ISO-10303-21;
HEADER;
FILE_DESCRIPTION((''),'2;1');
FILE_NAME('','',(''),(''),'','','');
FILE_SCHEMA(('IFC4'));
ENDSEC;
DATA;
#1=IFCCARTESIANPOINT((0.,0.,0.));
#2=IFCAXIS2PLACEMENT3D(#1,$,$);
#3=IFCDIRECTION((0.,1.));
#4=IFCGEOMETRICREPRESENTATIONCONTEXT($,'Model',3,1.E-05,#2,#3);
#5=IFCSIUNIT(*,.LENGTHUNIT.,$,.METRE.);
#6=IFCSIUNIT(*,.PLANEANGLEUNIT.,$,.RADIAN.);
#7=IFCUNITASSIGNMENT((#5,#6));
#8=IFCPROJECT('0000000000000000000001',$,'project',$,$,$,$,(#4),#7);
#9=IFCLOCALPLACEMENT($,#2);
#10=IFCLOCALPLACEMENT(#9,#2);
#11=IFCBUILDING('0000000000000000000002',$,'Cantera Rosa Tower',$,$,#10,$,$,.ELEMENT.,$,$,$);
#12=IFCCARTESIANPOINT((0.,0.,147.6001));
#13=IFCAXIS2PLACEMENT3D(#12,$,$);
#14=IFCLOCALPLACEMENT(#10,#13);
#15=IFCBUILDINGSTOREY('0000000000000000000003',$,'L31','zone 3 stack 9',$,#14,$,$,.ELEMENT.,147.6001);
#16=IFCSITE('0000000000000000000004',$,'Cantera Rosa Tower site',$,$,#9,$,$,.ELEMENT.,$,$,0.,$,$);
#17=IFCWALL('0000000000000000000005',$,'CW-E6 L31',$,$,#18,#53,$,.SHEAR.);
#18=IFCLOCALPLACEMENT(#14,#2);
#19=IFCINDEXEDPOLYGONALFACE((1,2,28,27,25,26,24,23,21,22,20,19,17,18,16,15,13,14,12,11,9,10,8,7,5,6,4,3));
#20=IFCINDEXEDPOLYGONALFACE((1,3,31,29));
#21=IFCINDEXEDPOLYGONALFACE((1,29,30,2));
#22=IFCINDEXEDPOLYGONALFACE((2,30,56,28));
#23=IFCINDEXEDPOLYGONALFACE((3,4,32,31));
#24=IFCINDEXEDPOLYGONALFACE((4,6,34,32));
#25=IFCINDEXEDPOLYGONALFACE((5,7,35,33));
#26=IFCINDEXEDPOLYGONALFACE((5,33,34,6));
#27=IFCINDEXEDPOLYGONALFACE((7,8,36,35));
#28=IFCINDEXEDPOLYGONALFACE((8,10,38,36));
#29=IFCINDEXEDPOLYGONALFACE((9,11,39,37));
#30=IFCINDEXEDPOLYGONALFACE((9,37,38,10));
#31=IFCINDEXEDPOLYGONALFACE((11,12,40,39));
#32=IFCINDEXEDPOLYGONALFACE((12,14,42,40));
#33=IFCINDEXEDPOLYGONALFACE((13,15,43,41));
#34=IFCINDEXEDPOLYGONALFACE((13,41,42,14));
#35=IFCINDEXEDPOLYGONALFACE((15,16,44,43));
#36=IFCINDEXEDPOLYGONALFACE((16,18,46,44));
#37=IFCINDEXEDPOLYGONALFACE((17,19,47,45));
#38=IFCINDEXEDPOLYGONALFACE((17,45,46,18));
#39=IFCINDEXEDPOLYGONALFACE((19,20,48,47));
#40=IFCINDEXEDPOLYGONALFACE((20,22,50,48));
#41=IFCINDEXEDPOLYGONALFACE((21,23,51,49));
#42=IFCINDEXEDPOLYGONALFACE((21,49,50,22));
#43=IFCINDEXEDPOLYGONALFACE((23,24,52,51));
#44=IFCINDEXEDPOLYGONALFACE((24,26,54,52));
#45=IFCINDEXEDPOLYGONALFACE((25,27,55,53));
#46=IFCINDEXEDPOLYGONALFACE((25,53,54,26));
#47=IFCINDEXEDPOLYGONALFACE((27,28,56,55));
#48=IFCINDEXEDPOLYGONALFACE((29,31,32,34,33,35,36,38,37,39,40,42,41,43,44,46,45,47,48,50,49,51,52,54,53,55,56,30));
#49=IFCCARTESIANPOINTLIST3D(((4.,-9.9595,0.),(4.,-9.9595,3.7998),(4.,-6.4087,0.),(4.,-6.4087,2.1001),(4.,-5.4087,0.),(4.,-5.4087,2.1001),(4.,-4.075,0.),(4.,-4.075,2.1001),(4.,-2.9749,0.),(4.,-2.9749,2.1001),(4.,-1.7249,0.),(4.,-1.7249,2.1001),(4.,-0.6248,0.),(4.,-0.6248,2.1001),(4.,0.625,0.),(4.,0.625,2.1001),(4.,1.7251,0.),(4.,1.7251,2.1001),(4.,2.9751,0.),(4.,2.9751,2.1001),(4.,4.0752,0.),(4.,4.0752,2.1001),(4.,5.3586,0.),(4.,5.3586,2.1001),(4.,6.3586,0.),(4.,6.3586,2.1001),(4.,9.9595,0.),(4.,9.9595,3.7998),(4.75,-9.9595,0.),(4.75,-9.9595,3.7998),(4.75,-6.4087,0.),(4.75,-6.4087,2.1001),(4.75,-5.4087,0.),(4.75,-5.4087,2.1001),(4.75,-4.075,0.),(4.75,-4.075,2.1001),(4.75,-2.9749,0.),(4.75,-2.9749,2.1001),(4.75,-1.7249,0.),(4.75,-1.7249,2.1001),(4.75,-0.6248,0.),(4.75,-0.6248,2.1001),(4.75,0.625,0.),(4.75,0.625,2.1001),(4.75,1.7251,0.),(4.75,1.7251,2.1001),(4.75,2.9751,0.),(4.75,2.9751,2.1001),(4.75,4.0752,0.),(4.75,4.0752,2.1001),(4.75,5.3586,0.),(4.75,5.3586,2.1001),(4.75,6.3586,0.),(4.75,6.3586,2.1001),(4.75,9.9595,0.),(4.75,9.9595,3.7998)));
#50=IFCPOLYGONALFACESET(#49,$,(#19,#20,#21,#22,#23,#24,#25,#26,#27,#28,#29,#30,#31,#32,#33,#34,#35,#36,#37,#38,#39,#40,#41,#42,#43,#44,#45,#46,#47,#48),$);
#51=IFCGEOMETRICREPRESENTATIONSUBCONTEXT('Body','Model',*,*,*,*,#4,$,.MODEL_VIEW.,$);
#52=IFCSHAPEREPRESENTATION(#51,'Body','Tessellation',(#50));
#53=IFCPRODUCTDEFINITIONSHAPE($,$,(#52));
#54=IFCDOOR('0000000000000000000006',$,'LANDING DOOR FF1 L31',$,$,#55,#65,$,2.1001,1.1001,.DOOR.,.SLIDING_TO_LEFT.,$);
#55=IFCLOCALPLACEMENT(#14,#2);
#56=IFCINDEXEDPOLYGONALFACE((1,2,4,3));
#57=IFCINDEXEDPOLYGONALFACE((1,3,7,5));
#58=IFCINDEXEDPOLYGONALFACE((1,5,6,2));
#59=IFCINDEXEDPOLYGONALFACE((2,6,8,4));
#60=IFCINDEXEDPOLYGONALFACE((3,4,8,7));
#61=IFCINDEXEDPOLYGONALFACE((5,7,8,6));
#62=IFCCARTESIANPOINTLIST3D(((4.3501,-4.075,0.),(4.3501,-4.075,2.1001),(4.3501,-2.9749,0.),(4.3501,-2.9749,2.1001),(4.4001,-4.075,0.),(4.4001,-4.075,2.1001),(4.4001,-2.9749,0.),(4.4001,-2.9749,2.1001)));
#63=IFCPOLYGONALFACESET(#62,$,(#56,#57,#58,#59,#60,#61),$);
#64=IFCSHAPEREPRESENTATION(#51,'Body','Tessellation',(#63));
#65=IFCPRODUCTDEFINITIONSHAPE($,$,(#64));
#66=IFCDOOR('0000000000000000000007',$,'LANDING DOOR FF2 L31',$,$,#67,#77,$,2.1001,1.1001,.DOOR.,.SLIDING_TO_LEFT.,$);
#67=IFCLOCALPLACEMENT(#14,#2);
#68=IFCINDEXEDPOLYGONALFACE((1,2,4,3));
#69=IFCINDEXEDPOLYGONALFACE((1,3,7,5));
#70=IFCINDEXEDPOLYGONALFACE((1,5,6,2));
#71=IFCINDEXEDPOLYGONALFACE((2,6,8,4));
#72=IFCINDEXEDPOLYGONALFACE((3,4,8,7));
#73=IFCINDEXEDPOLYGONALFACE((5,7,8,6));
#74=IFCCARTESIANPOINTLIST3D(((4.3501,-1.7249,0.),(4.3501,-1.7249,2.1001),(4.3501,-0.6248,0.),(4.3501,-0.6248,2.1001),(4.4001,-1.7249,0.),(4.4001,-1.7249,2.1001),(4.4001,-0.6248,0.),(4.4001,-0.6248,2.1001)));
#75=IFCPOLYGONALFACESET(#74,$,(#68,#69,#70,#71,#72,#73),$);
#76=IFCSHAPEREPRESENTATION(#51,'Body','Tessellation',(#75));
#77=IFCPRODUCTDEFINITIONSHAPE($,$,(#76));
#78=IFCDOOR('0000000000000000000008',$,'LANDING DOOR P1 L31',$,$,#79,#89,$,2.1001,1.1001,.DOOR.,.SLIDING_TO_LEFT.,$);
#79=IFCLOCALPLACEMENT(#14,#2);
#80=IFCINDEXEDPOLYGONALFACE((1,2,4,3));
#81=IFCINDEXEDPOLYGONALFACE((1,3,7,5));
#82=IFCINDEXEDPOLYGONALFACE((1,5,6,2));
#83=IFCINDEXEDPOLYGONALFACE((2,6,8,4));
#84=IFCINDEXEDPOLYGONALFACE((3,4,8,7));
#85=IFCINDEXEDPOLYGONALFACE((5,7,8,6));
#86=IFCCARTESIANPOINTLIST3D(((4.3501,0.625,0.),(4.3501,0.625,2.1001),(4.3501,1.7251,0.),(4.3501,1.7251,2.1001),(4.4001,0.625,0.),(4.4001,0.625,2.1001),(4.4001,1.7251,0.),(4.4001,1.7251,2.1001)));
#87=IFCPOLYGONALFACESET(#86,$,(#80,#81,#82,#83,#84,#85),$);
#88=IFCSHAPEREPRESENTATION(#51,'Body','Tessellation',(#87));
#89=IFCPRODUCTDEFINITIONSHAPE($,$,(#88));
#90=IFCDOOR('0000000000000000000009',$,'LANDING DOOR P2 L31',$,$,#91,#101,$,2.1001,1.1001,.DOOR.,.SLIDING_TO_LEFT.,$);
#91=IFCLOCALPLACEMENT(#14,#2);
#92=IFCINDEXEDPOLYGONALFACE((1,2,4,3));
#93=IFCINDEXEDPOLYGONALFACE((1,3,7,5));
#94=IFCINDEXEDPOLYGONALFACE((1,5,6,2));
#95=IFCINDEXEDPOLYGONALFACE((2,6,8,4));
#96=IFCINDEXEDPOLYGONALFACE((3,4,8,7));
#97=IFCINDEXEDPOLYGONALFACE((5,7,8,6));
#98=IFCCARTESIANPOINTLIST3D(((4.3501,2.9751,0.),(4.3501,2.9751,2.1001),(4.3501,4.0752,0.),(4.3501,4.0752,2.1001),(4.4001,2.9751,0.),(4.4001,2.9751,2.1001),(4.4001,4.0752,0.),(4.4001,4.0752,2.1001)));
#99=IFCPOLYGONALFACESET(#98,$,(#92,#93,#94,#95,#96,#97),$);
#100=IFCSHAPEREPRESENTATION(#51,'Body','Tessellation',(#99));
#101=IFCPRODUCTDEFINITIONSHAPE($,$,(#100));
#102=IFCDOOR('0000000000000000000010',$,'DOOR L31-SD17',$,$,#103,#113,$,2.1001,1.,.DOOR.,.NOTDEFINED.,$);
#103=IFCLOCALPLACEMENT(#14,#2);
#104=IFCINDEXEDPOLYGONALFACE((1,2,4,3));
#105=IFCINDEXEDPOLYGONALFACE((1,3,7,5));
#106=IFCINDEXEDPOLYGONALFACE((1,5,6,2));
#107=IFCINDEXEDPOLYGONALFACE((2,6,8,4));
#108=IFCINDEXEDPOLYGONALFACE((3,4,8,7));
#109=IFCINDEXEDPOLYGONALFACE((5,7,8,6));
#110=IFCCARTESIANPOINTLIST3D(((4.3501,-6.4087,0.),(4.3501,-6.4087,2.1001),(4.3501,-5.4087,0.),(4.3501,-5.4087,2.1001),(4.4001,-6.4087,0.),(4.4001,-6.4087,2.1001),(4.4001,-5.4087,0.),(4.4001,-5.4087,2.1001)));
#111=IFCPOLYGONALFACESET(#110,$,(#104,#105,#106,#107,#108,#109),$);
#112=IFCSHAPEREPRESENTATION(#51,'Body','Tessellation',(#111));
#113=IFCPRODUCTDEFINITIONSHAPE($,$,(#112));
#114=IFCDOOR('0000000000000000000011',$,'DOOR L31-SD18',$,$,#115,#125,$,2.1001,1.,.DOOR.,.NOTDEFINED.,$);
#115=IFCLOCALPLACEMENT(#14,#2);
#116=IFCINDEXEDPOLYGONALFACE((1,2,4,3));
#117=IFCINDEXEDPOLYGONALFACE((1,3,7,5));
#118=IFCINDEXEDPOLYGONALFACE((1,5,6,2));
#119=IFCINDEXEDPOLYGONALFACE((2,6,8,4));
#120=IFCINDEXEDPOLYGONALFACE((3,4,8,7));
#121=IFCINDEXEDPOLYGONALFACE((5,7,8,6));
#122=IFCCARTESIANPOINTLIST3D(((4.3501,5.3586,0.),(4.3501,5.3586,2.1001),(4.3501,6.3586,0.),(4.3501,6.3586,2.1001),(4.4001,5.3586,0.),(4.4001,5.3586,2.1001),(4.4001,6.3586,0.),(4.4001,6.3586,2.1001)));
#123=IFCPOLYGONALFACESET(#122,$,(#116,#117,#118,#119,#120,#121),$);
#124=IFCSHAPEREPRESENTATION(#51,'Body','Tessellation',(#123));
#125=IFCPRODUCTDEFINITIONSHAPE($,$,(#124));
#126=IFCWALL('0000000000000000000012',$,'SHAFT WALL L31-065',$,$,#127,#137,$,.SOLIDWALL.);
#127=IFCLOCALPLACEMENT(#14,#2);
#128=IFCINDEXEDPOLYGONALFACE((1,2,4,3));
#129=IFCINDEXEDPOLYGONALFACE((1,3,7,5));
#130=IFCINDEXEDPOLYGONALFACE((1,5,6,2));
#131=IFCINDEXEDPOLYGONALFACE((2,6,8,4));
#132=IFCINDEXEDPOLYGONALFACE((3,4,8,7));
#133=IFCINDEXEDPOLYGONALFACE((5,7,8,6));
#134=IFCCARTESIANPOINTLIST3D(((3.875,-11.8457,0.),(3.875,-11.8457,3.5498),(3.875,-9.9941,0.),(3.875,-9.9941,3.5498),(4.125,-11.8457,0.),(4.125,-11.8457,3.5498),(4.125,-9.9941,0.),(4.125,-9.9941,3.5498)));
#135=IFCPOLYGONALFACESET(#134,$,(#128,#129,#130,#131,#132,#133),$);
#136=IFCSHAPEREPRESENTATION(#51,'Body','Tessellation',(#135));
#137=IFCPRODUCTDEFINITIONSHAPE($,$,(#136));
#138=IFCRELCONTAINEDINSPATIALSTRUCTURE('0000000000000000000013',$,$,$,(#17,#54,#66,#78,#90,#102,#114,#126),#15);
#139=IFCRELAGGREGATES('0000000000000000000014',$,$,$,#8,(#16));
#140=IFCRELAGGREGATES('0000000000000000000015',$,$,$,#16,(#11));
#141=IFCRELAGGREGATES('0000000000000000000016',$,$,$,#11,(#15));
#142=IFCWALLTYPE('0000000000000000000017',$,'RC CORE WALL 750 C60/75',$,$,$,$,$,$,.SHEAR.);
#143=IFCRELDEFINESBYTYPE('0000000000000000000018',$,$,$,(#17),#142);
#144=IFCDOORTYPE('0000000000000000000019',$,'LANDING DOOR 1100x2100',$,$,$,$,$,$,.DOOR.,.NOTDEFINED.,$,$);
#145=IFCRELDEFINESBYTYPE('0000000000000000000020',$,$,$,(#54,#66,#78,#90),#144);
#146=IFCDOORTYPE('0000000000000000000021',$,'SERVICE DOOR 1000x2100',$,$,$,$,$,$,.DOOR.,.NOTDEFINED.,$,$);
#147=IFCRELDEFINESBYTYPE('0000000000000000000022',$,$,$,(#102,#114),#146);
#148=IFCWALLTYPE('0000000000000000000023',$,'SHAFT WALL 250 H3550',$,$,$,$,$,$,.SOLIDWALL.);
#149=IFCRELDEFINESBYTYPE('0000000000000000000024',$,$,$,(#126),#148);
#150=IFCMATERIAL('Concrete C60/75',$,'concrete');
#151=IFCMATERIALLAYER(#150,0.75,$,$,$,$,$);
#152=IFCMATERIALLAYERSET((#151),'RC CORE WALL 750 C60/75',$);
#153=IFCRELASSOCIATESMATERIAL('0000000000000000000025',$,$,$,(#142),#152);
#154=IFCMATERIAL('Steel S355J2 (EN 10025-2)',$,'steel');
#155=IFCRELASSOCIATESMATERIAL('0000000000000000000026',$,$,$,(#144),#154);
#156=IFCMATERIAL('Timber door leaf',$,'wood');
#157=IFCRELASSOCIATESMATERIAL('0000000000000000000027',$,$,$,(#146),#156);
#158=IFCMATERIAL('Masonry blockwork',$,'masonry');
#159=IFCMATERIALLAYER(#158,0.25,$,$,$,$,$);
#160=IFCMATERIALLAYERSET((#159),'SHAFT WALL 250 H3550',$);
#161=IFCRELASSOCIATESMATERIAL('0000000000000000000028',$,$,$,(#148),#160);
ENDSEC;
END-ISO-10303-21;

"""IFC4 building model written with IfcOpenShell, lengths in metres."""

from ifc_helpers import new_model, si_unit, direction, frame, frame_2d, origin, place, context, subcontext, project, spatial, rectangle, extrude, material, layer, layer_set, type_object, element, fill, save


model = new_model("IFC4")

# Units and contexts
model_context = context("Model", 3, precision=1e-05, world=origin(), true_north=direction((0.0, 1.0)))
body_context = subcontext(model_context, "Body", "Model", "MODEL_VIEW")
ifc_project = project(units=[si_unit("LENGTHUNIT", "METRE"), si_unit("PLANEANGLEUNIT", "RADIAN")], contexts=[model_context])

# Site, building, storey
site_placement = place(None, origin())
site = spatial("IfcSite", under=ifc_project, at=site_placement, Name="Cantera Rosa Tower site", CompositionType="ELEMENT", RefElevation=0.0)
building_placement = place(site_placement, origin())
building = spatial("IfcBuilding", under=site, at=building_placement, Name="Cantera Rosa Tower", CompositionType="ELEMENT")
storey_placement = place(building_placement, frame((0.0, 0.0, 147.6001)))
storey = spatial("IfcBuildingStorey", under=building, at=storey_placement, Name="L31", Description="zone 3 stack 9", CompositionType="ELEMENT", Elevation=147.6001)

# Shared definitions
ifc_material_1 = material(Name="Concrete C60/75", Category="concrete")
ifc_layer_1 = layer(ifc_material_1, 0.75)
ifc_layer_set_1 = layer_set([ifc_layer_1], Name="RC CORE WALL 750 C60/75")
wall_type_1 = type_object("IfcWallType", Name="RC CORE WALL 750 C60/75", PredefinedType="SHEAR", material=ifc_layer_set_1)

# Wall, openings, doors
wall_1_placement = place(storey_placement, frame((4.375, -9.9595, 0.0), z_axis=(0.0, 0.0, 1.0), x_axis=(0.0, 1.0, 0.0)))
wall_1 = element("IfcWall", 1, at=wall_1_placement, inside=storey, type_object=wall_type_1, Name="CW-E6 L31", PredefinedType="SHEAR", context=body_context, shape_type="SweptSolid", body=[
    extrude(rectangle(XDim=19.9189, YDim=0.75, at=frame_2d((9.9595, 0.0))), origin(), (0.0, 0.0, 1.0), 3.7998),
])
opening_1_placement = place(wall_1_placement, frame((5.8845, 0.0, 0.0)))
opening_1 = element("IfcOpeningElement", 2, at=opening_1_placement, cuts=wall_1, PredefinedType="OPENING", context=body_context, shape_type="SweptSolid", body=[
    extrude(rectangle(XDim=1.1001, YDim=2.1001, at=frame_2d((0.55, 1.05))), frame((0.0, 0.385, 0.0), z_axis=(0.0, -1.0, 0.0), x_axis=(1.0, 0.0, 0.0)), (0.0, 0.0, 1.0), 0.77),
])
opening_2_placement = place(wall_1_placement, frame((8.2346, 0.0, 0.0)))
opening_2 = element("IfcOpeningElement", 3, at=opening_2_placement, cuts=wall_1, PredefinedType="OPENING", context=body_context, shape_type="SweptSolid", body=[
    extrude(rectangle(XDim=1.1001, YDim=2.1001, at=frame_2d((0.55, 1.05))), frame((0.0, 0.385, 0.0), z_axis=(0.0, -1.0, 0.0), x_axis=(1.0, 0.0, 0.0)), (0.0, 0.0, 1.0), 0.77),
])
opening_3_placement = place(wall_1_placement, frame((10.5845, 0.0, 0.0)))
opening_3 = element("IfcOpeningElement", 4, at=opening_3_placement, cuts=wall_1, PredefinedType="OPENING", context=body_context, shape_type="SweptSolid", body=[
    extrude(rectangle(XDim=1.1001, YDim=2.1001, at=frame_2d((0.55, 1.05))), frame((0.0, 0.385, 0.0), z_axis=(0.0, -1.0, 0.0), x_axis=(1.0, 0.0, 0.0)), (0.0, 0.0, 1.0), 0.77),
])
opening_4_placement = place(wall_1_placement, frame((12.9346, 0.0, 0.0)))
opening_4 = element("IfcOpeningElement", 5, at=opening_4_placement, cuts=wall_1, PredefinedType="OPENING", context=body_context, shape_type="SweptSolid", body=[
    extrude(rectangle(XDim=1.1001, YDim=2.1001, at=frame_2d((0.55, 1.05))), frame((0.0, 0.385, 0.0), z_axis=(0.0, -1.0, 0.0), x_axis=(1.0, 0.0, 0.0)), (0.0, 0.0, 1.0), 0.77),
])
opening_5_placement = place(wall_1_placement, frame((3.5508, 0.0, 0.0)))
opening_5 = element("IfcOpeningElement", 6, at=opening_5_placement, cuts=wall_1, PredefinedType="OPENING", context=body_context, shape_type="SweptSolid", body=[
    extrude(rectangle(XDim=1.0, YDim=2.1001, at=frame_2d((0.5, 1.05))), frame((0.0, 0.385, 0.0), z_axis=(0.0, -1.0, 0.0), x_axis=(1.0, 0.0, 0.0)), (0.0, 0.0, 1.0), 0.77),
])
opening_6_placement = place(wall_1_placement, frame((15.3181, 0.0, 0.0)))
opening_6 = element("IfcOpeningElement", 7, at=opening_6_placement, cuts=wall_1, PredefinedType="OPENING", context=body_context, shape_type="SweptSolid", body=[
    extrude(rectangle(XDim=1.0, YDim=2.1001, at=frame_2d((0.5, 1.05))), frame((0.0, 0.385, 0.0), z_axis=(0.0, -1.0, 0.0), x_axis=(1.0, 0.0, 0.0)), (0.0, 0.0, 1.0), 0.77),
])
ifc_material_2 = material(Name="Steel S355J2 (EN 10025-2)", Category="steel")
door_type_1 = type_object("IfcDoorType", Name="LANDING DOOR 1100x2100", OperationType="NOTDEFINED", PredefinedType="DOOR", material=ifc_material_2)
door_1_placement = place(opening_1_placement, origin())
door_1 = element("IfcDoor", 8, at=door_1_placement, inside=storey, type_object=door_type_1, Name="LANDING DOOR FF1 L31", OperationType="SLIDING_TO_LEFT", OverallHeight=2.1001, OverallWidth=1.1001, PredefinedType="DOOR", context=body_context, shape_type="SweptSolid", body=[
    extrude(rectangle(XDim=1.1001, YDim=2.1001, at=frame_2d((0.55, 1.05))), frame((0.0, 0.0249, 0.0), z_axis=(0.0, -1.0, 0.0), x_axis=(1.0, 0.0, 0.0)), (0.0, 0.0, 1.0), 0.05),
])
fill(opening_1, door_1)
door_2_placement = place(opening_2_placement, origin())
door_2 = element("IfcDoor", 9, at=door_2_placement, inside=storey, type_object=door_type_1, Name="LANDING DOOR FF2 L31", OperationType="SLIDING_TO_LEFT", OverallHeight=2.1001, OverallWidth=1.1001, PredefinedType="DOOR", context=body_context, shape_type="SweptSolid", body=[
    extrude(rectangle(XDim=1.1001, YDim=2.1001, at=frame_2d((0.55, 1.05))), frame((0.0, 0.0249, 0.0), z_axis=(0.0, -1.0, 0.0), x_axis=(1.0, 0.0, 0.0)), (0.0, 0.0, 1.0), 0.05),
])
fill(opening_2, door_2)
door_3_placement = place(opening_3_placement, origin())
door_3 = element("IfcDoor", 10, at=door_3_placement, inside=storey, type_object=door_type_1, Name="LANDING DOOR P1 L31", OperationType="SLIDING_TO_LEFT", OverallHeight=2.1001, OverallWidth=1.1001, PredefinedType="DOOR", context=body_context, shape_type="SweptSolid", body=[
    extrude(rectangle(XDim=1.1001, YDim=2.1001, at=frame_2d((0.55, 1.05))), frame((0.0, 0.0249, 0.0), z_axis=(0.0, -1.0, 0.0), x_axis=(1.0, 0.0, 0.0)), (0.0, 0.0, 1.0), 0.05),
])
fill(opening_3, door_3)
door_4_placement = place(opening_4_placement, origin())
door_4 = element("IfcDoor", 11, at=door_4_placement, inside=storey, type_object=door_type_1, Name="LANDING DOOR P2 L31", OperationType="SLIDING_TO_LEFT", OverallHeight=2.1001, OverallWidth=1.1001, PredefinedType="DOOR", context=body_context, shape_type="SweptSolid", body=[
    extrude(rectangle(XDim=1.1001, YDim=2.1001, at=frame_2d((0.55, 1.05))), frame((0.0, 0.0249, 0.0), z_axis=(0.0, -1.0, 0.0), x_axis=(1.0, 0.0, 0.0)), (0.0, 0.0, 1.0), 0.05),
])
fill(opening_4, door_4)
ifc_material_3 = material(Name="Timber door leaf", Category="wood")
door_type_2 = type_object("IfcDoorType", Name="SERVICE DOOR 1000x2100", OperationType="NOTDEFINED", PredefinedType="DOOR", material=ifc_material_3)
door_5_placement = place(opening_5_placement, origin())
door_5 = element("IfcDoor", 12, at=door_5_placement, inside=storey, type_object=door_type_2, Name="DOOR L31-SD17", OperationType="NOTDEFINED", OverallHeight=2.1001, OverallWidth=1.0, PredefinedType="DOOR", context=body_context, shape_type="SweptSolid", body=[
    extrude(rectangle(XDim=1.0, YDim=2.1001, at=frame_2d((0.5, 1.05))), frame((0.0, 0.0249, 0.0), z_axis=(0.0, -1.0, 0.0), x_axis=(1.0, 0.0, 0.0)), (0.0, 0.0, 1.0), 0.05),
])
fill(opening_5, door_5)
door_6_placement = place(opening_6_placement, origin())
door_6 = element("IfcDoor", 13, at=door_6_placement, inside=storey, type_object=door_type_2, Name="DOOR L31-SD18", OperationType="NOTDEFINED", OverallHeight=2.1001, OverallWidth=1.0, PredefinedType="DOOR", context=body_context, shape_type="SweptSolid", body=[
    extrude(rectangle(XDim=1.0, YDim=2.1001, at=frame_2d((0.5, 1.05))), frame((0.0, 0.0249, 0.0), z_axis=(0.0, -1.0, 0.0), x_axis=(1.0, 0.0, 0.0)), (0.0, 0.0, 1.0), 0.05),
])
fill(opening_6, door_6)

# Wall
ifc_material_4 = material(Name="Masonry blockwork", Category="masonry")
ifc_layer_2 = layer(ifc_material_4, 0.25)
ifc_layer_set_2 = layer_set([ifc_layer_2], Name="SHAFT WALL 250 H3550")
wall_type_2 = type_object("IfcWallType", Name="SHAFT WALL 250 H3550", PredefinedType="SOLIDWALL", material=ifc_layer_set_2)
wall_2_placement = place(storey_placement, frame((4.0, -11.8457, 0.0), z_axis=(0.0, 0.0, 1.0), x_axis=(0.0, 1.0, 0.0)))
element("IfcWall", 14, at=wall_2_placement, inside=storey, type_object=wall_type_2, Name="SHAFT WALL L31-065", PredefinedType="SOLIDWALL", context=body_context, shape_type="SweptSolid", body=[
    extrude(rectangle(XDim=1.8516, YDim=0.25, at=frame_2d((0.9258, 0.0))), origin(), (0.0, 0.0, 1.0), 3.5498),
])

save(model, "model.ifc")
